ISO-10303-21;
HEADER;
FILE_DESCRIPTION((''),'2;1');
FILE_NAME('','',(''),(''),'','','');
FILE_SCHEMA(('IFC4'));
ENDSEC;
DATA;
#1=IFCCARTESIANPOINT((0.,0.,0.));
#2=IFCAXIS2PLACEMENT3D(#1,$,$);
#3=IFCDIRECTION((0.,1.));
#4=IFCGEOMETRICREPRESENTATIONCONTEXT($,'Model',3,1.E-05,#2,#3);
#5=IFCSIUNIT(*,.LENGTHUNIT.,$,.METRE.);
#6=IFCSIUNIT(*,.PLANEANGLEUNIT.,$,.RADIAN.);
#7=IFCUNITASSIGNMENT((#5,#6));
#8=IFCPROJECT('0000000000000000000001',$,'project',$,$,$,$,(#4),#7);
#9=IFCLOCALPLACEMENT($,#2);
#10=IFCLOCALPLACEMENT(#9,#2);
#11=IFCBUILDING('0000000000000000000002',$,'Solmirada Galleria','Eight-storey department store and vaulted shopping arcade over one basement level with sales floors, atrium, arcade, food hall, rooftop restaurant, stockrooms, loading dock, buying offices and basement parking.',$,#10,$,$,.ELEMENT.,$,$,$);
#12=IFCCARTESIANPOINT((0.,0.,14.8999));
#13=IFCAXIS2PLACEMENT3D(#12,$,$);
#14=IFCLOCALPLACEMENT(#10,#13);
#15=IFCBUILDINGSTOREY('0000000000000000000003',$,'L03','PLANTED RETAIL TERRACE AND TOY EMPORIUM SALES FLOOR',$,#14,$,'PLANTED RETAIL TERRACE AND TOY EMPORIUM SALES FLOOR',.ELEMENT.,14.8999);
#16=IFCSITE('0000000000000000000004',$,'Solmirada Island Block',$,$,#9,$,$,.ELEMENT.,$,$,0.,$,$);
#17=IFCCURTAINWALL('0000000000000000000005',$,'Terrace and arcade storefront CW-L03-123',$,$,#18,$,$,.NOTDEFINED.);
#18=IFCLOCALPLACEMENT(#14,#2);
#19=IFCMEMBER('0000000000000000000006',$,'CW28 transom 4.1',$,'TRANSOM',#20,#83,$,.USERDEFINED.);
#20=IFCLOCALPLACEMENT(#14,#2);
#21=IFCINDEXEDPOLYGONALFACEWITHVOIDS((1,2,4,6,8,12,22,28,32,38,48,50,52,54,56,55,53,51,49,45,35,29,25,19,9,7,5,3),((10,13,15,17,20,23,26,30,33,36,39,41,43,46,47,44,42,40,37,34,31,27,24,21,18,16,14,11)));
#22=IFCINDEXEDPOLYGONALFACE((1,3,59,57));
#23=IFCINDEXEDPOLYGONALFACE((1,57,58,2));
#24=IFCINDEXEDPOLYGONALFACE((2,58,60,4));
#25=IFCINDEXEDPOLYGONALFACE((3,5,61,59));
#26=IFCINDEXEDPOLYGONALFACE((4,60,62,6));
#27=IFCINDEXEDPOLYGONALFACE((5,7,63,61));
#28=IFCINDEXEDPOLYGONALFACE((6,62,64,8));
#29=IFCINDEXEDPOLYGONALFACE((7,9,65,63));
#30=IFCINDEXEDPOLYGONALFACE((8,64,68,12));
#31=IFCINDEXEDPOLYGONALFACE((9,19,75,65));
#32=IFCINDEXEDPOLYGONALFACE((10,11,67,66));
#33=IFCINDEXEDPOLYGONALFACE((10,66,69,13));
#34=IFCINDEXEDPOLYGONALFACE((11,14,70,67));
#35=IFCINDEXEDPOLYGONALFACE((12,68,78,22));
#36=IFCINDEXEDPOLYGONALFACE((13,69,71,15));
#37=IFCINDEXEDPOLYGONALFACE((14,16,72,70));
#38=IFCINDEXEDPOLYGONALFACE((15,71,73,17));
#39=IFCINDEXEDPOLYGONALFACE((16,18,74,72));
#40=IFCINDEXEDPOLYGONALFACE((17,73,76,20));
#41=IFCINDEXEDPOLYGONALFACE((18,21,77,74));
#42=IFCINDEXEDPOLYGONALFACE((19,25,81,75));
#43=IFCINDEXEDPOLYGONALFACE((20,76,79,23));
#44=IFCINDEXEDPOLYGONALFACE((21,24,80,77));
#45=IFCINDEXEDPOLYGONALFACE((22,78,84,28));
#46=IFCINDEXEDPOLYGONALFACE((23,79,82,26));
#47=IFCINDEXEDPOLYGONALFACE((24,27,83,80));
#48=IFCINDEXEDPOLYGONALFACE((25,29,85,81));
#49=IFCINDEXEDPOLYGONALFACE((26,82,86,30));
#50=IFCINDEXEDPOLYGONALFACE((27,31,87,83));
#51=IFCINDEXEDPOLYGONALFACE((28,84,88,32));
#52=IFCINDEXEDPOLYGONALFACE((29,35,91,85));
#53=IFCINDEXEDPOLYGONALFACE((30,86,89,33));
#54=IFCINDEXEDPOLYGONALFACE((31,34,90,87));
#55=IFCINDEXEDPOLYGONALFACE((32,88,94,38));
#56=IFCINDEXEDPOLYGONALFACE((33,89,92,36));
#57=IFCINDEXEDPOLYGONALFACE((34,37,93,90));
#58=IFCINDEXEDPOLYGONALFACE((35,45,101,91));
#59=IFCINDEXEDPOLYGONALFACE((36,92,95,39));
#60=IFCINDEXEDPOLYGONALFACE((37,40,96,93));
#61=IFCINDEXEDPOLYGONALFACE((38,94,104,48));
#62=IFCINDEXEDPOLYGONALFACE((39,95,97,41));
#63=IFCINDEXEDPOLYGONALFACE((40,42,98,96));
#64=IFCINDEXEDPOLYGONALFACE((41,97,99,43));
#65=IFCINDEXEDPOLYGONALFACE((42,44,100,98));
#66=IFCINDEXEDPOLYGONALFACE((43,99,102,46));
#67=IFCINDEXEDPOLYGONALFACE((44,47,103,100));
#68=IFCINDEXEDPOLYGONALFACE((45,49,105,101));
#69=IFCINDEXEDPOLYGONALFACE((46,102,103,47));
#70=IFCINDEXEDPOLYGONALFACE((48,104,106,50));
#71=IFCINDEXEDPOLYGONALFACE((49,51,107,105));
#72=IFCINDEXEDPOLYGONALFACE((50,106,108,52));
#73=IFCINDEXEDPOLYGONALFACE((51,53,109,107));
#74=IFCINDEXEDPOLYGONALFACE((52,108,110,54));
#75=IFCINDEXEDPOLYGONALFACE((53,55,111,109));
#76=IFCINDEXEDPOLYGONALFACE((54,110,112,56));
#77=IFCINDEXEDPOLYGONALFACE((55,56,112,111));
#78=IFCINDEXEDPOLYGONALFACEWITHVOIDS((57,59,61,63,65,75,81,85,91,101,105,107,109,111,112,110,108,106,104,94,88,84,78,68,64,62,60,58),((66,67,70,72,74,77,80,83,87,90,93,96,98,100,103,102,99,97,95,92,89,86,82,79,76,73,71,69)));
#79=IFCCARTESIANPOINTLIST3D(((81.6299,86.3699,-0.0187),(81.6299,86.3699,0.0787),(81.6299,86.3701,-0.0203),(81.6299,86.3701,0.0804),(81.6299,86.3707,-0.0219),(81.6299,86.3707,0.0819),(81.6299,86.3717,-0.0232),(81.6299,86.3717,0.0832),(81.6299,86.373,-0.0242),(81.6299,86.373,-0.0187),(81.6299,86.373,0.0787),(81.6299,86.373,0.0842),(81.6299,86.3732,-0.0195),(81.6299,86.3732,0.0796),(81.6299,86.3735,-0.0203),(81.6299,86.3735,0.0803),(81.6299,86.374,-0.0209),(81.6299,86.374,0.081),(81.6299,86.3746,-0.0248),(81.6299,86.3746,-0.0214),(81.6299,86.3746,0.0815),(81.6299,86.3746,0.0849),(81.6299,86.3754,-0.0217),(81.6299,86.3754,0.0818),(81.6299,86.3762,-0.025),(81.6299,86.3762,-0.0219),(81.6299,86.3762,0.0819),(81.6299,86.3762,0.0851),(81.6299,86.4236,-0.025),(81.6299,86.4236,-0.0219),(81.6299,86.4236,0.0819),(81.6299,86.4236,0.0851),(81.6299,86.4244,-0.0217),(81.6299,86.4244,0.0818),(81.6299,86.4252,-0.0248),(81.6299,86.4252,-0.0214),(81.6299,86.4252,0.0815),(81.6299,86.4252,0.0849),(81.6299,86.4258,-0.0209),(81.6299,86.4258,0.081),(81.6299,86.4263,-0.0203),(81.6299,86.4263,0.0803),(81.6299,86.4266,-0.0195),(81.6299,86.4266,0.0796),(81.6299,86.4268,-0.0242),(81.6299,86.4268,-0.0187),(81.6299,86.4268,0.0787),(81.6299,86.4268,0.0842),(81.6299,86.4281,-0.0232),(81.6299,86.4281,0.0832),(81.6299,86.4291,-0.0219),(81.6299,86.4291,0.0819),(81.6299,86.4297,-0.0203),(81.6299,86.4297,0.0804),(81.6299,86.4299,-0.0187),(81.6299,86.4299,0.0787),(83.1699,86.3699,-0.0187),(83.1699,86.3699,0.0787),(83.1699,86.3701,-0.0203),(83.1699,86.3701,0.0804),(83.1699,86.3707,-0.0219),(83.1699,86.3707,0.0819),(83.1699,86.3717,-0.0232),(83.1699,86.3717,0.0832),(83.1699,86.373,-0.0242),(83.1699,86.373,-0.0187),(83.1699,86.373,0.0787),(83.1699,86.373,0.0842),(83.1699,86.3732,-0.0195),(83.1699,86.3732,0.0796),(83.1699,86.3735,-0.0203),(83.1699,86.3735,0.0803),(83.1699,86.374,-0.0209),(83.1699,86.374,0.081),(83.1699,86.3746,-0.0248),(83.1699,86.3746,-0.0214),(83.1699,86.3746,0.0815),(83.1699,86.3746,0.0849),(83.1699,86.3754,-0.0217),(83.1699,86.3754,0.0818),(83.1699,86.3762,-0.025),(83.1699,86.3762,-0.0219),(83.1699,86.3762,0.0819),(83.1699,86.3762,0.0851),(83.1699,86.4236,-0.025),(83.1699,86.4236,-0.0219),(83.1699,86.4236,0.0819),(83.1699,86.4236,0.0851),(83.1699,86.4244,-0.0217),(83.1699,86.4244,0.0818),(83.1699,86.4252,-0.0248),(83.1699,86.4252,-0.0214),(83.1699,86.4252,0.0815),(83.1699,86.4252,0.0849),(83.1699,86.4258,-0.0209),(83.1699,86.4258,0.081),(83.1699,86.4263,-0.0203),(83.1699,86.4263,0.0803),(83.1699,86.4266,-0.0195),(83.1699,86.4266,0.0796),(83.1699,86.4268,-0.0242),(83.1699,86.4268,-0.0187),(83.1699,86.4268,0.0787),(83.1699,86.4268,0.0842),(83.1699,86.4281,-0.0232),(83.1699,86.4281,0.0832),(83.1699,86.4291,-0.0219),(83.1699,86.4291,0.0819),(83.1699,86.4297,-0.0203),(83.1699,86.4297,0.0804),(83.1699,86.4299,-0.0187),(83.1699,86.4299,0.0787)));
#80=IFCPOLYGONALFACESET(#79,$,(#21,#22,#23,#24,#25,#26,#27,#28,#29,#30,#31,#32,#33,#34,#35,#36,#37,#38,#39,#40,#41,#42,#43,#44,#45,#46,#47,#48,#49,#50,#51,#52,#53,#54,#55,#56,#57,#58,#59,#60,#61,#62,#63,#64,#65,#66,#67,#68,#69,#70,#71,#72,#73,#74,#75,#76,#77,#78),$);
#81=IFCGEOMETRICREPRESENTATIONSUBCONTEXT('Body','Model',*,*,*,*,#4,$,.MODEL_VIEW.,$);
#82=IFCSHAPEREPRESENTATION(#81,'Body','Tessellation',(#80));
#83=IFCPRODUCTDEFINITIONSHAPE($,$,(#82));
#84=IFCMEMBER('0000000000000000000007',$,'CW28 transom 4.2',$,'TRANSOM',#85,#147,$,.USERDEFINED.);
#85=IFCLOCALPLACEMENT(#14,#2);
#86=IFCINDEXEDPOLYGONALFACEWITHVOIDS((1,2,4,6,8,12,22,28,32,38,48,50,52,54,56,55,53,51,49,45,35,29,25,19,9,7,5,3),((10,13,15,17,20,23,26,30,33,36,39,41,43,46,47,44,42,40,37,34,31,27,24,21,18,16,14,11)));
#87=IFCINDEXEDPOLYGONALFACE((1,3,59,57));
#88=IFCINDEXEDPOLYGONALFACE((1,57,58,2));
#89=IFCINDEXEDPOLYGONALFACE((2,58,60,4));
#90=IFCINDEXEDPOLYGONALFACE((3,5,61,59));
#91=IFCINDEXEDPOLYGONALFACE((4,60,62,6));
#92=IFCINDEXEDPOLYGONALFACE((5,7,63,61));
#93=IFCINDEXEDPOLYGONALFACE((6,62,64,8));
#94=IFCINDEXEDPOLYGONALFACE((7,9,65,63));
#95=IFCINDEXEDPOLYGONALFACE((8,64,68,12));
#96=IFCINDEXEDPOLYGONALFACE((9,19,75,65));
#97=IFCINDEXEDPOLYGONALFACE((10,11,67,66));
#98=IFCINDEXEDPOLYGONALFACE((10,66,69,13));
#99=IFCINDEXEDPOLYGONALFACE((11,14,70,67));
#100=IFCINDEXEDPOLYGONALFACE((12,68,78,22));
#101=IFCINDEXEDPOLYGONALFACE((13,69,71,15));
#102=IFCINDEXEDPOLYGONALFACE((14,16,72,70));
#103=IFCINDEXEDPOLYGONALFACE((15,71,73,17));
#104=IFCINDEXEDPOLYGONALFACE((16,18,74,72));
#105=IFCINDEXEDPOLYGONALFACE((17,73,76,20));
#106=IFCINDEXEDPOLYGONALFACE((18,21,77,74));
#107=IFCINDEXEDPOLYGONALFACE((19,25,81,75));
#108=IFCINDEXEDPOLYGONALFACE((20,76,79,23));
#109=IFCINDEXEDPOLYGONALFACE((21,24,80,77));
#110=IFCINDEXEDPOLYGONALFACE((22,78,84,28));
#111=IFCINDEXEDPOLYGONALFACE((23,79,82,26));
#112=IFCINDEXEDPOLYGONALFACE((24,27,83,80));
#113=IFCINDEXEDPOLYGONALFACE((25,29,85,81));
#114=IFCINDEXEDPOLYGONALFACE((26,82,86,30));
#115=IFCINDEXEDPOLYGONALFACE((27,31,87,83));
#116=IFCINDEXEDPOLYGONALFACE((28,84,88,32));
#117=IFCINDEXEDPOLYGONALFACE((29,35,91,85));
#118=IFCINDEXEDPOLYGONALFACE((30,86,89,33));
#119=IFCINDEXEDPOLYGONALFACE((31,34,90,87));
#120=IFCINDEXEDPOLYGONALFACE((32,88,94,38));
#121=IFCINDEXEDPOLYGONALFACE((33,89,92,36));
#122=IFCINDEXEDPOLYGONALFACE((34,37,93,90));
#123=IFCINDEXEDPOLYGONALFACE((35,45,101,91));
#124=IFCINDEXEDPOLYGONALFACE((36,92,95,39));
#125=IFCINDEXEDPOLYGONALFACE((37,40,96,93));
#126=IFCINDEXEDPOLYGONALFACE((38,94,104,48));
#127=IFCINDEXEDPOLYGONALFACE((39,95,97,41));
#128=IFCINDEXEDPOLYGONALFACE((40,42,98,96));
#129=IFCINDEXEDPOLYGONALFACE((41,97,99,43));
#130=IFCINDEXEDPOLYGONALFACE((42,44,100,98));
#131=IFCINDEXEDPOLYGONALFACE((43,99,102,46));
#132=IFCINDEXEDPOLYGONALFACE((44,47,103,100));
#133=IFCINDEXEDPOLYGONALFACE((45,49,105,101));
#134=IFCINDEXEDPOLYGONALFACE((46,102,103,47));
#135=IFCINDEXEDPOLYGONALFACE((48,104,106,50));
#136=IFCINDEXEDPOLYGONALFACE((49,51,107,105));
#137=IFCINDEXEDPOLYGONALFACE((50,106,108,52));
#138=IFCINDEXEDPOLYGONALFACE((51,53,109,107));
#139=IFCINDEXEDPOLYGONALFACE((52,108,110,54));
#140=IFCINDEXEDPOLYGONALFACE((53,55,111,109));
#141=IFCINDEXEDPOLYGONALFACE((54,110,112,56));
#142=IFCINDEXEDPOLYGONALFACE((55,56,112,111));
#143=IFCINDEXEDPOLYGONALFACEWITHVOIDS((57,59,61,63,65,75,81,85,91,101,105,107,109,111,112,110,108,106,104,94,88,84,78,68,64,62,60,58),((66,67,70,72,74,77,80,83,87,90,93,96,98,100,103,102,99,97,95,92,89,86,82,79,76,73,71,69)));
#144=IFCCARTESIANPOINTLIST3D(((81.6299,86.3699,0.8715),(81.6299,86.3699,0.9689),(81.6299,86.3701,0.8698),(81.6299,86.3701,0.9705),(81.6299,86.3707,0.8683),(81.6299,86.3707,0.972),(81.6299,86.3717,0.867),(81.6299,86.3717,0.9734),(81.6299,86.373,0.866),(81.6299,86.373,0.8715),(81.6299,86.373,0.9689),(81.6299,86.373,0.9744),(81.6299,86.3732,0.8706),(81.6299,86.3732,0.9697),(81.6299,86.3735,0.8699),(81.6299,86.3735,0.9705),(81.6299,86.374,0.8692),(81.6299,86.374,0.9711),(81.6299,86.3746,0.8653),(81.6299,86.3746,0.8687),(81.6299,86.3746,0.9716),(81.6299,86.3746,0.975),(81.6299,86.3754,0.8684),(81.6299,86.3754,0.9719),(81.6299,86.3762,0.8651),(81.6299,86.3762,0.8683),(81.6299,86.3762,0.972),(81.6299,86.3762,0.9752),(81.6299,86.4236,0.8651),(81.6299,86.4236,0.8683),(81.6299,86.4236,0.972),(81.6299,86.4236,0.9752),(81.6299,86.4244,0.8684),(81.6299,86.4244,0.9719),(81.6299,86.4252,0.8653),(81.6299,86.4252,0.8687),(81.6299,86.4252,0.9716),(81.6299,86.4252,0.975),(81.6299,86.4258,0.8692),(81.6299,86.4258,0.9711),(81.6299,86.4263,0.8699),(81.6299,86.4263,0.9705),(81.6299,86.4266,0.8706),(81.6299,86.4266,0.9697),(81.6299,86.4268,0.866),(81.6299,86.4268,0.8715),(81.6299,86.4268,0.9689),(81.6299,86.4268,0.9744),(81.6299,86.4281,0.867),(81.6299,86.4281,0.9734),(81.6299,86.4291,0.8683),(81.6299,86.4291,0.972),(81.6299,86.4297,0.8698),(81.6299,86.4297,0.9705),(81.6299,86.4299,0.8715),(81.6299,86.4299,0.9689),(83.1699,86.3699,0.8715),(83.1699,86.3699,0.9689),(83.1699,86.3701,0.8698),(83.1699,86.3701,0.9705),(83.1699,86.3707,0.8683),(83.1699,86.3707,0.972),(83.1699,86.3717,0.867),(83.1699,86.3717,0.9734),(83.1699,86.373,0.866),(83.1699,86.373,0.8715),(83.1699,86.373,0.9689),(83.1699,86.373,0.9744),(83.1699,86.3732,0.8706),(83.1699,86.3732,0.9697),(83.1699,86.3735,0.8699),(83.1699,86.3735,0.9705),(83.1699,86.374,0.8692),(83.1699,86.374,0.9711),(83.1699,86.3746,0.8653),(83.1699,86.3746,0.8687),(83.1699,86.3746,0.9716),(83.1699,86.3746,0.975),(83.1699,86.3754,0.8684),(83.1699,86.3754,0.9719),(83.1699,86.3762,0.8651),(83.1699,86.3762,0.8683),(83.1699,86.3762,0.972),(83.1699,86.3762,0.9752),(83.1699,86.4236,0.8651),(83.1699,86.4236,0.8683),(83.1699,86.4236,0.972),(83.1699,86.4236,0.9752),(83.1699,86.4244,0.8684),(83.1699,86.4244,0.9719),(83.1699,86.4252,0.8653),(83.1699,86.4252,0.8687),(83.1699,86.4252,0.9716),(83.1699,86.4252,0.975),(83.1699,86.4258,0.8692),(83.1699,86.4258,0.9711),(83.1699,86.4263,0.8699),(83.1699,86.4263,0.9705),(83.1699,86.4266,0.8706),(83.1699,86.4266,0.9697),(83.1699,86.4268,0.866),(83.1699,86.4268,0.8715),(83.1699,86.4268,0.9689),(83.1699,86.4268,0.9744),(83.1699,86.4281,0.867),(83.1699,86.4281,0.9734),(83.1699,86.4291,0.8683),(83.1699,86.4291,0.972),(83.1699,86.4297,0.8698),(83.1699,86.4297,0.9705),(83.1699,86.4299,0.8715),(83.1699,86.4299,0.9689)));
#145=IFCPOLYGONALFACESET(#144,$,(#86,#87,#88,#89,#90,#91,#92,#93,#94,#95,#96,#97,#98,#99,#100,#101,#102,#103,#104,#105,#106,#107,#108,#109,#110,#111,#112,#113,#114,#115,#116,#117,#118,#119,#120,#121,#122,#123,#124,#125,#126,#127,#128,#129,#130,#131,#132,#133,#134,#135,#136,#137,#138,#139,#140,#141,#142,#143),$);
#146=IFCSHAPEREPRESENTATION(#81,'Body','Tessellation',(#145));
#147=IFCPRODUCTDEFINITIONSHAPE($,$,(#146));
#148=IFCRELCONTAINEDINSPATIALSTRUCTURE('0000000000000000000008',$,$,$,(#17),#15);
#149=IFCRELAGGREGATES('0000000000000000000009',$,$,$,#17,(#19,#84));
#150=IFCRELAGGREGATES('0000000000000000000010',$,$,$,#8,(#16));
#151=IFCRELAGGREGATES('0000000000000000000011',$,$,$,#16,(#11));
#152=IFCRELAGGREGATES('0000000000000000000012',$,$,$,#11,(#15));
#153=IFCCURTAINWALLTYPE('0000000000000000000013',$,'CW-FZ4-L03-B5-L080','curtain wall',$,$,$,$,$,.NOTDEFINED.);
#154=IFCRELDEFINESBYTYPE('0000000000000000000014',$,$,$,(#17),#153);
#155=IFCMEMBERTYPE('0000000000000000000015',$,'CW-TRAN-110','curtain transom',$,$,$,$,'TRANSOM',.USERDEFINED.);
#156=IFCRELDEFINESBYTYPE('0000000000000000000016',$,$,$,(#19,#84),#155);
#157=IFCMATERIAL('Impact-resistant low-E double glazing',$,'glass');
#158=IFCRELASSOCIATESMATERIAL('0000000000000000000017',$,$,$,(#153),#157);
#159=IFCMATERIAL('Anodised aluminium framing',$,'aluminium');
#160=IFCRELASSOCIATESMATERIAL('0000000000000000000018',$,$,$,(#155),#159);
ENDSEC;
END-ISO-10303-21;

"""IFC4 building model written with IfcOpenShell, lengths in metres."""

from ifc_helpers import new_model, si_unit, direction, frame, origin, origin_2d, place, context, subcontext, project, spatial, hollow_rectangle, extrude, material, material_profile, profile_set, type_object, element, aggregate, save


model = new_model("IFC4")

# Units and contexts
model_context = context("Model", 3, precision=1e-05, world=origin(), true_north=direction((0.0, 1.0)))
body_context = subcontext(model_context, "Body", "Model", "MODEL_VIEW")
ifc_project = project(units=[si_unit("LENGTHUNIT", "METRE"), si_unit("PLANEANGLEUNIT", "RADIAN")], contexts=[model_context])

# Site, building, storey
site_placement = place(None, origin())
site = spatial("IfcSite", under=ifc_project, at=site_placement, Name="Solmirada Island Block", CompositionType="ELEMENT", RefElevation=0.0)
building_placement = place(site_placement, origin())
building = spatial("IfcBuilding", under=site, at=building_placement, Name="Solmirada Galleria", Description="Eight-storey department store and vaulted shopping arcade over one basement level with sales floors, atrium, arcade, food hall, rooftop restaurant, stockrooms, loading dock, buying offices and basement parking.", CompositionType="ELEMENT")
storey_placement = place(building_placement, frame((0.0, 0.0, 14.8999)))
storey = spatial("IfcBuildingStorey", under=building, at=storey_placement, Name="L03", Description="PLANTED RETAIL TERRACE AND TOY EMPORIUM SALES FLOOR", LongName="PLANTED RETAIL TERRACE AND TOY EMPORIUM SALES FLOOR", CompositionType="ELEMENT", Elevation=14.8999)

# Curtain wall, members
ifc_material_1 = material(Name="Impact-resistant low-E double glazing", Category="glass")
curtain_wall_type = type_object("IfcCurtainWallType", Name="CW-FZ4-L03-B5-L080", Description="curtain wall", PredefinedType="NOTDEFINED", material=ifc_material_1)
curtain_wall_placement = place(storey_placement, origin())
curtain_wall = element("IfcCurtainWall", 1, at=curtain_wall_placement, inside=storey, type_object=curtain_wall_type, Name="Terrace and arcade storefront CW-L03-123", PredefinedType="NOTDEFINED")
ifc_material_2 = material(Name="Anodised aluminium framing", Category="aluminium")
ifc_material_profile_1 = material_profile(ifc_material_2, hollow_rectangle(XDim=0.0601, YDim=0.1101, WallThickness=0.0032, InnerFilletRadius=0.0032, OuterFilletRadius=0.0063, at=origin_2d()), Name="ALU-TRAN-110X60")
ifc_profile_set_1 = profile_set([ifc_material_profile_1], Name="Anodised aluminium framing")
member_type_1 = type_object("IfcMemberType", Name="CW-TRAN-110", Description="curtain transom", ElementType="TRANSOM", PredefinedType="USERDEFINED", material=ifc_profile_set_1)
member_1_placement = place(storey_placement, frame((83.1699, 86.3999, 0.03), z_axis=(-1.0, 0.0, 0.0), x_axis=(0.0, -1.0, 0.0)))
member_1 = element("IfcMember", 2, at=member_1_placement, type_object=member_type_1, Name="CW28 transom 4.1", ObjectType="TRANSOM", PredefinedType="USERDEFINED", context=body_context, shape_type="SweptSolid", body=[
    extrude(hollow_rectangle(XDim=0.0601, YDim=0.1101, WallThickness=0.0032, InnerFilletRadius=0.0032, OuterFilletRadius=0.0063, at=origin_2d()), origin(), (0.0, 0.0, 1.0), 1.54),
])
member_2_placement = place(storey_placement, frame((83.1699, 86.3999, 0.9202), z_axis=(-1.0, 0.0, 0.0), x_axis=(0.0, -1.0, 0.0)))
member_2 = element("IfcMember", 3, at=member_2_placement, type_object=member_type_1, Name="CW28 transom 4.2", ObjectType="TRANSOM", PredefinedType="USERDEFINED", context=body_context, shape_type="SweptSolid", body=[
    extrude(hollow_rectangle(XDim=0.0601, YDim=0.1101, WallThickness=0.0032, InnerFilletRadius=0.0032, OuterFilletRadius=0.0063, at=origin_2d()), origin(), (0.0, 0.0, 1.0), 1.54),
])
aggregate(curtain_wall, [member_1, member_2])

save(model, "model.ifc")
